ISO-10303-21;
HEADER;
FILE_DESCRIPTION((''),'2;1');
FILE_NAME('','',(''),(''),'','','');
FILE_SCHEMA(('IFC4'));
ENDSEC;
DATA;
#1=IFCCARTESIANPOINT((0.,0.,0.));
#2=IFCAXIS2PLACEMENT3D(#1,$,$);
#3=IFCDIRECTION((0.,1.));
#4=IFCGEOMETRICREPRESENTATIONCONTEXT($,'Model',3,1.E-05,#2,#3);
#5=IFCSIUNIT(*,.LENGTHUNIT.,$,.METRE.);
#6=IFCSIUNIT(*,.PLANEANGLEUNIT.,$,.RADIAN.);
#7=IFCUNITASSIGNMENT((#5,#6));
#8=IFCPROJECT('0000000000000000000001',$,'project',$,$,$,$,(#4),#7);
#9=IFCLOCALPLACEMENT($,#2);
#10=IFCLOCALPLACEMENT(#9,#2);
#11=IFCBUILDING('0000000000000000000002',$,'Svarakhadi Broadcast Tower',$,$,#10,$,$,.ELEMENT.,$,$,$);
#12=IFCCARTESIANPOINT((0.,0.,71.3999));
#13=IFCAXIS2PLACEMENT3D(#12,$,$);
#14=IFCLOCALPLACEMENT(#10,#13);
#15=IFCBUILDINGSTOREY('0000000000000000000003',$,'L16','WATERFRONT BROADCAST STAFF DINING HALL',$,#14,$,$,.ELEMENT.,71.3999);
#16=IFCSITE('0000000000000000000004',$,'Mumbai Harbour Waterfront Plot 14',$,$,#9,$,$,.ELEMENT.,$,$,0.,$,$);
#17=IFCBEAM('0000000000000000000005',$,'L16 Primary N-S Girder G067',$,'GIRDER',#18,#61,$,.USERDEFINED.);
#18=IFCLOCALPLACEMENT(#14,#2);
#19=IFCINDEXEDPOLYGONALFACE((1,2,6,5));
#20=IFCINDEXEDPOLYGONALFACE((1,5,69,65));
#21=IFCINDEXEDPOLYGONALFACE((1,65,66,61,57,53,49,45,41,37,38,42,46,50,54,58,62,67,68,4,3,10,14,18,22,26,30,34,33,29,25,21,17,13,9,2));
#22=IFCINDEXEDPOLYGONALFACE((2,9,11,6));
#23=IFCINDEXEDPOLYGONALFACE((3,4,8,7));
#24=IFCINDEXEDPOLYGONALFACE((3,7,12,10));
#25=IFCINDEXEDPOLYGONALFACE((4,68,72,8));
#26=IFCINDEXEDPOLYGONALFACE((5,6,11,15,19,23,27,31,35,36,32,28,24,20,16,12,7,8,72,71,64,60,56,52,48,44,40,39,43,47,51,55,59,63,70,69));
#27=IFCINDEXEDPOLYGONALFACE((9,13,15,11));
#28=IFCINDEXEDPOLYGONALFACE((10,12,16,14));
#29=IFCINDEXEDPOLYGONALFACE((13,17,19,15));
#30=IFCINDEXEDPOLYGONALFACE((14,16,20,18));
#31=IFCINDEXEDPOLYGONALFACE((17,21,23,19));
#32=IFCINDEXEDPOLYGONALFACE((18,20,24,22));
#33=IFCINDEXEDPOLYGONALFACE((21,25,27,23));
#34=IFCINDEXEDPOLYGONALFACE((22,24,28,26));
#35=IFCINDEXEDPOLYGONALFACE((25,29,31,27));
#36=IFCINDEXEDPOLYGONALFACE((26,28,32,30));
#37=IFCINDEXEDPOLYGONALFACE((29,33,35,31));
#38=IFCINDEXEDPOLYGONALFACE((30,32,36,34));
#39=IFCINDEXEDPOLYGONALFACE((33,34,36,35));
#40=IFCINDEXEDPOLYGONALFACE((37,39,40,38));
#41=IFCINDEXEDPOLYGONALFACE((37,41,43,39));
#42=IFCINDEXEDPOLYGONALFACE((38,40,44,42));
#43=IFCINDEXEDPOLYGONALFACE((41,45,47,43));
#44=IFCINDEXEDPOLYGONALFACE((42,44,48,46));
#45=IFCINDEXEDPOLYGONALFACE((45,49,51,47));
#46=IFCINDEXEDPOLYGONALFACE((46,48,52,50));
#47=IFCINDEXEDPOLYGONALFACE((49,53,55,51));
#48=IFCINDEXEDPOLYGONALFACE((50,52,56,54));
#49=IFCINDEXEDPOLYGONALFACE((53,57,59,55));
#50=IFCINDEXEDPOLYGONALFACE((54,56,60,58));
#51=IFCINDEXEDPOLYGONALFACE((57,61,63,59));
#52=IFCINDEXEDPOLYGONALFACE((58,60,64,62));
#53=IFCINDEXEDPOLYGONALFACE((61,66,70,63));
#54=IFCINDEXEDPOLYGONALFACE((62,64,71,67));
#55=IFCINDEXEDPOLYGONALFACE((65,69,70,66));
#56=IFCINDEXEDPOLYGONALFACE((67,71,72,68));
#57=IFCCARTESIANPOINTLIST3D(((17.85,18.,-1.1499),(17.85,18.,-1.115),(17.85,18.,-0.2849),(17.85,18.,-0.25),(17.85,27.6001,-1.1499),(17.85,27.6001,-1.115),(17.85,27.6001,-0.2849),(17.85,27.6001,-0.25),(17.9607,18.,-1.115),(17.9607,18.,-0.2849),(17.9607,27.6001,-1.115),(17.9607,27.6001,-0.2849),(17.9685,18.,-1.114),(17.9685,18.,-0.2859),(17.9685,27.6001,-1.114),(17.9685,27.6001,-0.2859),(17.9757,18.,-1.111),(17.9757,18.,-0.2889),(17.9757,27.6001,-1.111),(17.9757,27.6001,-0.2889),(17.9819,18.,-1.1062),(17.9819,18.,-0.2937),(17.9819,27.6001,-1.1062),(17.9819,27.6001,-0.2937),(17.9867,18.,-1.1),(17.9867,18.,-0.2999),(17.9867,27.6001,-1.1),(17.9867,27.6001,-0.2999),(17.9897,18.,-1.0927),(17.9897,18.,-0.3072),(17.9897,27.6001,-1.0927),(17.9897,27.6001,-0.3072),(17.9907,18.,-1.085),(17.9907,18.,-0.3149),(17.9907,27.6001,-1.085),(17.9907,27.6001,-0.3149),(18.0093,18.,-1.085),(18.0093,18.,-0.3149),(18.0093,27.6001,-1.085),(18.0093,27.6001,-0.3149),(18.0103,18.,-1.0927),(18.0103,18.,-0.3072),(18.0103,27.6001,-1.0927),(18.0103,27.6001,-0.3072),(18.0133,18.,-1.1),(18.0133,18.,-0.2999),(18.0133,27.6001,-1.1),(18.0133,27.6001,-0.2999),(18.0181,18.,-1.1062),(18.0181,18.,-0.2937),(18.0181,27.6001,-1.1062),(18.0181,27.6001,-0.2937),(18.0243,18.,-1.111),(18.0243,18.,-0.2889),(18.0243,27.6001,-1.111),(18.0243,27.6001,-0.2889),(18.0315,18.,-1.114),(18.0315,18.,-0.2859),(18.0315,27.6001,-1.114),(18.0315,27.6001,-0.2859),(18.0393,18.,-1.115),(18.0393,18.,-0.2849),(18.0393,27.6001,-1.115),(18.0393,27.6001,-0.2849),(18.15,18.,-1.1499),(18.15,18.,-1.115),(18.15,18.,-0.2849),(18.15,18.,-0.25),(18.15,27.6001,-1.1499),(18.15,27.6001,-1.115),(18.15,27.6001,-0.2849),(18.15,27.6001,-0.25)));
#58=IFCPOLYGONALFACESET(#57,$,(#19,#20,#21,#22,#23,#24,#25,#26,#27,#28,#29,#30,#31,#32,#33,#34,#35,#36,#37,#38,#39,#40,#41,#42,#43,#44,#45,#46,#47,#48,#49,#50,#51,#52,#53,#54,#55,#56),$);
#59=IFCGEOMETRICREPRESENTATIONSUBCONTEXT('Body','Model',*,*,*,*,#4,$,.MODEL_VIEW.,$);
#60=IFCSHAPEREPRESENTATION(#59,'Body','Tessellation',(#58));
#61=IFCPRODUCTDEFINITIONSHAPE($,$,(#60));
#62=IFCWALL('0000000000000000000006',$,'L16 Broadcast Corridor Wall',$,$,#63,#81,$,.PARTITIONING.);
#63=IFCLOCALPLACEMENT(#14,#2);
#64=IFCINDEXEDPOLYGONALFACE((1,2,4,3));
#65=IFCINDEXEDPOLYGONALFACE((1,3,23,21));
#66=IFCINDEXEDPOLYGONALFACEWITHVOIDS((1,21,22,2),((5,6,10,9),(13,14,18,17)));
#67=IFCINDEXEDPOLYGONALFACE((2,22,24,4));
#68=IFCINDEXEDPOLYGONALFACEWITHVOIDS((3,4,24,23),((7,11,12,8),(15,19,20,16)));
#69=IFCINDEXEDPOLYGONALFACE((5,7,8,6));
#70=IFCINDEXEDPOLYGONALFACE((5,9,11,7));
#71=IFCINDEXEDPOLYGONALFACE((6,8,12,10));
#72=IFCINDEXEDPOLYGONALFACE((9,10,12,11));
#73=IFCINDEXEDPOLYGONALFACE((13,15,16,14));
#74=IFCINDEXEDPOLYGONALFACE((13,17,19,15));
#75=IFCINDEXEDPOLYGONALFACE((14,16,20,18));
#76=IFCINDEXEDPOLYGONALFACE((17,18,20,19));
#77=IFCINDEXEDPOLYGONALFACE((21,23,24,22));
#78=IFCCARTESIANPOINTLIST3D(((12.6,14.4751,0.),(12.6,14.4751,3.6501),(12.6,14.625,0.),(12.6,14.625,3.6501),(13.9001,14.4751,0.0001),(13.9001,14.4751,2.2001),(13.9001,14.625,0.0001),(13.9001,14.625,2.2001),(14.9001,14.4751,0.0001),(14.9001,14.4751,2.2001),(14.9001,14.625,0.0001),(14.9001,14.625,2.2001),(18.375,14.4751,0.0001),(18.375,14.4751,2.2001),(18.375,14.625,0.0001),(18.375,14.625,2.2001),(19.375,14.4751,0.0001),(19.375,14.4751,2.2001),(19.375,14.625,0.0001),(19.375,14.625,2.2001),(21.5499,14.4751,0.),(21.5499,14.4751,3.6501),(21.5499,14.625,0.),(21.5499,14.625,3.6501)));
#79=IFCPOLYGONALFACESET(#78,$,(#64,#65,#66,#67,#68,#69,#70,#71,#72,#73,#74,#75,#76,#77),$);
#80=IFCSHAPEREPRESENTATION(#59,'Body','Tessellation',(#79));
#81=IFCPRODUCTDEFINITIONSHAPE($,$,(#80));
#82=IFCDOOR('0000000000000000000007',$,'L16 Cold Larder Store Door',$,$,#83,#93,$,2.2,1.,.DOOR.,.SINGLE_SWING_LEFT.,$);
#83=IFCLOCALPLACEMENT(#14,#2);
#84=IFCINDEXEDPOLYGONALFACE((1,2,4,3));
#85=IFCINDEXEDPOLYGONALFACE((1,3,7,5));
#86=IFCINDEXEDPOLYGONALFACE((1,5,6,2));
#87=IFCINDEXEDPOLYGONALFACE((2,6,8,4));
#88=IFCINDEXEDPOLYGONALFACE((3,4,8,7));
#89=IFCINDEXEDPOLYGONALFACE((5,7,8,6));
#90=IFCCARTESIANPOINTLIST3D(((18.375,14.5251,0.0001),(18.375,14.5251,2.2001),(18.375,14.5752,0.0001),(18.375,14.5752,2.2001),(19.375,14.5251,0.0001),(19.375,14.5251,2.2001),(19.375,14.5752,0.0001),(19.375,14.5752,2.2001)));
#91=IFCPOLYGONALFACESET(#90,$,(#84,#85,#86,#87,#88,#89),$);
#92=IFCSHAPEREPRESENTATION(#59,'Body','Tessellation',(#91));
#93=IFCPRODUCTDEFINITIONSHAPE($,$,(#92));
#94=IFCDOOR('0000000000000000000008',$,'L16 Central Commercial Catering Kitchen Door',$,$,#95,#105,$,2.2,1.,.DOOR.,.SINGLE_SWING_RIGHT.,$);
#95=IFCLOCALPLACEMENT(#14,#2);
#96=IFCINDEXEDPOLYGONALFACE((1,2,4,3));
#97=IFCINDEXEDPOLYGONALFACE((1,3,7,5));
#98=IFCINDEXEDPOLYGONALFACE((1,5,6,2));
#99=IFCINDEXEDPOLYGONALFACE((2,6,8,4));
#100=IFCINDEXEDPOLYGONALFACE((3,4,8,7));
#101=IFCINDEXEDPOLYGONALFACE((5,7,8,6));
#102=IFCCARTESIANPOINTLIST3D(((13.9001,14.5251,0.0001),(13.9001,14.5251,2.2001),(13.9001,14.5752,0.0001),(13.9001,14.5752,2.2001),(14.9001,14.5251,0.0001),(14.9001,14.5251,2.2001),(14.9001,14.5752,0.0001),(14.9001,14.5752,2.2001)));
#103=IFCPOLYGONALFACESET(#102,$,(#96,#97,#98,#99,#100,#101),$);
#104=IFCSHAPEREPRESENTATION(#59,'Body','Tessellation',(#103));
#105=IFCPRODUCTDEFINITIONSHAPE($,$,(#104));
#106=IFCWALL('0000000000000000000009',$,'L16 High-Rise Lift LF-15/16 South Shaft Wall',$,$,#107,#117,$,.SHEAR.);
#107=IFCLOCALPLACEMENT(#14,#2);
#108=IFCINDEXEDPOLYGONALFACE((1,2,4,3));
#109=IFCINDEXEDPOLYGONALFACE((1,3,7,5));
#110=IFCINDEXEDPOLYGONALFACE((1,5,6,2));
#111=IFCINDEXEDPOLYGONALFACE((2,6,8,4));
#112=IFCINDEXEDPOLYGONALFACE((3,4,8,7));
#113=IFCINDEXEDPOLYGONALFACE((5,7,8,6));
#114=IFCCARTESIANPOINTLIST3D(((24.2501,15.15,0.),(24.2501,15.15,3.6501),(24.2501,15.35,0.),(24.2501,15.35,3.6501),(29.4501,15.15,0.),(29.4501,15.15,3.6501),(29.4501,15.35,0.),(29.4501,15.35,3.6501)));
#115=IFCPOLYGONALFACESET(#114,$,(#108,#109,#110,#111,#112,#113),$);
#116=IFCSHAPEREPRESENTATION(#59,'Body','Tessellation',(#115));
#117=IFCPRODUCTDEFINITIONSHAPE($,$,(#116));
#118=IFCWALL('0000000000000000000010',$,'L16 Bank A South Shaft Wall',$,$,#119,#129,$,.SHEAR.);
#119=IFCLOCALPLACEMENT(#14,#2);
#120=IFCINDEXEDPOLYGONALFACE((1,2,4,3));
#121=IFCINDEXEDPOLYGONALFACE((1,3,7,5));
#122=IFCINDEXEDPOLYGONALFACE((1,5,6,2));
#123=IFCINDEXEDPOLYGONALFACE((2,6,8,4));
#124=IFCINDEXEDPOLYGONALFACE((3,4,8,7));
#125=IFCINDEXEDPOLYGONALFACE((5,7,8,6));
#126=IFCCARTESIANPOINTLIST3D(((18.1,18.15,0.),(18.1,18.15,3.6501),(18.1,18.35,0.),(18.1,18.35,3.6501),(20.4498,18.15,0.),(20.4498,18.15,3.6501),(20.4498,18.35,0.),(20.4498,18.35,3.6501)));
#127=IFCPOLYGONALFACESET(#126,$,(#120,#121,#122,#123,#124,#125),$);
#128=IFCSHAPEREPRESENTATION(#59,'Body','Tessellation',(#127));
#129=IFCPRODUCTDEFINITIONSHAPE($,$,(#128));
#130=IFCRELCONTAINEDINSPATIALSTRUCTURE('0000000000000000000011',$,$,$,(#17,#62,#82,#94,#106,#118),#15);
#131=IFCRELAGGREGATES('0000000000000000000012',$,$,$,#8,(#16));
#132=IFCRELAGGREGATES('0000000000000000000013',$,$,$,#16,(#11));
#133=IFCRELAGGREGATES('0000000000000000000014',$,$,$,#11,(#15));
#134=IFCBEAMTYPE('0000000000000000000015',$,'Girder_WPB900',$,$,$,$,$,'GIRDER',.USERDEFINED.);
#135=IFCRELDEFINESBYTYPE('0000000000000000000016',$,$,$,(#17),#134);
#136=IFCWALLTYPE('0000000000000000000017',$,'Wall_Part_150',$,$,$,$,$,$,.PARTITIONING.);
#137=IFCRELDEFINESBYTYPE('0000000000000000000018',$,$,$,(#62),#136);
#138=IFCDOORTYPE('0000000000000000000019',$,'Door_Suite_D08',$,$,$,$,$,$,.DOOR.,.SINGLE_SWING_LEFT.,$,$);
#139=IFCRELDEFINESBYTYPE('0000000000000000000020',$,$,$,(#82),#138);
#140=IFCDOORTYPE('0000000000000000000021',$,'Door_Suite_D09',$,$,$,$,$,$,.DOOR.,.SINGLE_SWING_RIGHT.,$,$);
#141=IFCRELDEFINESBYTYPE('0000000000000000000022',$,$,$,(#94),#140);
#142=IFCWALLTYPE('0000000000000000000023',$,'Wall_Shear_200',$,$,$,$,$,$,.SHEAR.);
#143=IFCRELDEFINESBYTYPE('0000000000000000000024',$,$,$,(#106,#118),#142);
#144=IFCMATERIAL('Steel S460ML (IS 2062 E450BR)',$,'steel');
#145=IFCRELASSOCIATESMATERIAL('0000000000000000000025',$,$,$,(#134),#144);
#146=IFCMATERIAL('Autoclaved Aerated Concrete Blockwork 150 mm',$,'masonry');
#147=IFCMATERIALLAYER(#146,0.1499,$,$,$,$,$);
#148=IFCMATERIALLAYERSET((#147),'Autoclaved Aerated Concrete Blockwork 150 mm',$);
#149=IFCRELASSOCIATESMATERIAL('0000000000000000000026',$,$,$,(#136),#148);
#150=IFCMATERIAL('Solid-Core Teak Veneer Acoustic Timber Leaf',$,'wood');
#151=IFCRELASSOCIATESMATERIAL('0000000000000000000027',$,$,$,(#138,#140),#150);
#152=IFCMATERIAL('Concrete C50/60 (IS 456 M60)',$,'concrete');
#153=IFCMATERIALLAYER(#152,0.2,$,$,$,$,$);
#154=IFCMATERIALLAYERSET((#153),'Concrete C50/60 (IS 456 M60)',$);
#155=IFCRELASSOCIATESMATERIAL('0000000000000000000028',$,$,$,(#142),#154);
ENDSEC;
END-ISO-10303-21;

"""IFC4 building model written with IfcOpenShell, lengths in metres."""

from ifc_helpers import new_model, si_unit, direction, frame, frame_2d, origin, origin_2d, place, context, subcontext, project, spatial, rectangle, i_section, extrude, material, layer, layer_set, material_profile, profile_set, type_object, element, fill, save


model = new_model("IFC4")

# Units and contexts
model_context = context("Model", 3, precision=1e-05, world=origin(), true_north=direction((0.0, 1.0)))
body_context = subcontext(model_context, "Body", "Model", "MODEL_VIEW")
ifc_project = project(units=[si_unit("LENGTHUNIT", "METRE"), si_unit("PLANEANGLEUNIT", "RADIAN")], contexts=[model_context])

# Site, building, storey
site_placement = place(None, origin())
site = spatial("IfcSite", under=ifc_project, at=site_placement, Name="Mumbai Harbour Waterfront Plot 14", CompositionType="ELEMENT", RefElevation=0.0)
building_placement = place(site_placement, origin())
building = spatial("IfcBuilding", under=site, at=building_placement, Name="Svarakhadi Broadcast Tower", CompositionType="ELEMENT")
storey_placement = place(building_placement, frame((0.0, 0.0, 71.3999)))
storey = spatial("IfcBuildingStorey", under=building, at=storey_placement, Name="L16", Description="WATERFRONT BROADCAST STAFF DINING HALL", CompositionType="ELEMENT", Elevation=71.3999)

# Beam
ifc_material_1 = material(Name="Steel S460ML (IS 2062 E450BR)", Category="steel")
ifc_material_profile_1 = material_profile(ifc_material_1, i_section(OverallWidth=0.3, OverallDepth=0.8999, WebThickness=0.0186, FlangeThickness=0.0349, FilletRadius=0.03, at=origin_2d()), Name="WPB 900x300x291")
ifc_profile_set_1 = profile_set([ifc_material_profile_1], Name="Steel S460ML (IS 2062 E450BR)")
beam_type_1 = type_object("IfcBeamType", Name="Girder_WPB900", ElementType="GIRDER", PredefinedType="USERDEFINED", material=ifc_profile_set_1)
for number, where, z_axis, x_axis, name in (
    (1, (18.0, 18.0, -0.7), (0.0, 1.0, 0.0), (-1.0, 0.0, 0.0), "L16 Primary N-S Girder G067"),
):
    element("IfcBeam", number, at=place(storey_placement, frame(where, z_axis=z_axis, x_axis=x_axis)), inside=storey, type_object=beam_type_1, Name=name, ObjectType="GIRDER", PredefinedType="USERDEFINED", context=body_context, shape_type="SweptSolid", body=[
        extrude(i_section(OverallWidth=0.3, OverallDepth=0.8999, WebThickness=0.0186, FlangeThickness=0.0349, FilletRadius=0.03, at=origin_2d()), origin(), (0.0, 0.0, 1.0), 9.6001),
    ])

# Wall, openings, doors
ifc_material_2 = material(Name="Autoclaved Aerated Concrete Blockwork 150 mm", Category="masonry")
ifc_layer_1 = layer(ifc_material_2, 0.1499)
ifc_layer_set_1 = layer_set([ifc_layer_1], Name="Autoclaved Aerated Concrete Blockwork 150 mm")
wall_type_1 = type_object("IfcWallType", Name="Wall_Part_150", PredefinedType="PARTITIONING", material=ifc_layer_set_1)
wall_1_placement = place(storey_placement, frame((21.55, 14.55, 0.0), z_axis=(0.0, 0.0, 1.0), x_axis=(-1.0, 0.0, 0.0)))
wall_1 = element("IfcWall", 2, at=wall_1_placement, inside=storey, type_object=wall_type_1, Name="L16 Broadcast Corridor Wall", PredefinedType="PARTITIONING", context=body_context, shape_type="SweptSolid", body=[
    extrude(rectangle(XDim=8.95, YDim=0.1499, at=frame_2d((4.4751, 0.0))), origin(), (0.0, 0.0, 1.0), 3.6501),
])
opening_1_placement = place(wall_1_placement, frame((6.6499, 0.0, 0.0)))
opening_1 = element("IfcOpeningElement", 3, at=opening_1_placement, cuts=wall_1, PredefinedType="OPENING", context=body_context, shape_type="SweptSolid", body=[
    extrude(rectangle(XDim=1.0, YDim=2.2, at=frame_2d((0.5, 1.1001))), frame((0.0, 0.085, 0.0), z_axis=(0.0, -1.0, 0.0), x_axis=(1.0, 0.0, 0.0)), (0.0, 0.0, 1.0), 0.1699),
])
opening_2_placement = place(wall_1_placement, frame((2.175, 0.0, 0.0)))
opening_2 = element("IfcOpeningElement", 4, at=opening_2_placement, cuts=wall_1, PredefinedType="OPENING", context=body_context, shape_type="SweptSolid", body=[
    extrude(rectangle(XDim=1.0, YDim=2.2, at=frame_2d((0.5, 1.1001))), frame((0.0, 0.085, 0.0), z_axis=(0.0, -1.0, 0.0), x_axis=(1.0, 0.0, 0.0)), (0.0, 0.0, 1.0), 0.1699),
])
ifc_material_3 = material(Name="Solid-Core Teak Veneer Acoustic Timber Leaf", Category="wood")
door_type_1 = type_object("IfcDoorType", Name="Door_Suite_D08", OperationType="SINGLE_SWING_LEFT", PredefinedType="DOOR", material=ifc_material_3)
door_1_placement = place(opening_2_placement, origin())
door_1 = element("IfcDoor", 5, at=door_1_placement, inside=storey, type_object=door_type_1, Name="L16 Cold Larder Store Door", OperationType="SINGLE_SWING_LEFT", OverallHeight=2.2, OverallWidth=1.0, PredefinedType="DOOR", context=body_context, shape_type="SweptSolid", body=[
    extrude(rectangle(XDim=1.0, YDim=2.2, at=frame_2d((0.5, 1.1001))), frame((0.0, 0.0249, 0.0), z_axis=(0.0, -1.0, 0.0), x_axis=(1.0, 0.0, 0.0)), (0.0, 0.0, 1.0), 0.05),
])
fill(opening_2, door_1)
door_type_2 = type_object("IfcDoorType", Name="Door_Suite_D09", OperationType="SINGLE_SWING_RIGHT", PredefinedType="DOOR", material=ifc_material_3)
door_2_placement = place(opening_1_placement, origin())
door_2 = element("IfcDoor", 6, at=door_2_placement, inside=storey, type_object=door_type_2, Name="L16 Central Commercial Catering Kitchen Door", OperationType="SINGLE_SWING_RIGHT", OverallHeight=2.2, OverallWidth=1.0, PredefinedType="DOOR", context=body_context, shape_type="SweptSolid", body=[
    extrude(rectangle(XDim=1.0, YDim=2.2, at=frame_2d((0.5, 1.1001))), frame((0.0, 0.0249, 0.0), z_axis=(0.0, -1.0, 0.0), x_axis=(1.0, 0.0, 0.0)), (0.0, 0.0, 1.0), 0.05),
])
fill(opening_1, door_2)

# Walls
ifc_material_4 = material(Name="Concrete C50/60 (IS 456 M60)", Category="concrete")
ifc_layer_2 = layer(ifc_material_4, 0.2)
ifc_layer_set_2 = layer_set([ifc_layer_2], Name="Concrete C50/60 (IS 456 M60)")
wall_type_2 = type_object("IfcWallType", Name="Wall_Shear_200", PredefinedType="SHEAR", material=ifc_layer_set_2)
wall_2_placement = place(storey_placement, frame((24.25, 15.25, 0.0), z_axis=(0.0, 0.0, 1.0), x_axis=(1.0, 0.0, 0.0)))
element("IfcWall", 7, at=wall_2_placement, inside=storey, type_object=wall_type_2, Name="L16 High-Rise Lift LF-15/16 South Shaft Wall", PredefinedType="SHEAR", context=body_context, shape_type="SweptSolid", body=[
    extrude(rectangle(XDim=5.2, YDim=0.2, at=frame_2d((2.6001, 0.0))), origin(), (0.0, 0.0, 1.0), 3.6501),
])
wall_3_placement = place(storey_placement, frame((18.1001, 18.25, 0.0), z_axis=(0.0, 0.0, 1.0), x_axis=(1.0, 0.0, 0.0)))
element("IfcWall", 8, at=wall_3_placement, inside=storey, type_object=wall_type_2, Name="L16 Bank A South Shaft Wall", PredefinedType="SHEAR", context=body_context, shape_type="SweptSolid", body=[
    extrude(rectangle(XDim=2.3499, YDim=0.2, at=frame_2d((1.1748, 0.0))), origin(), (0.0, 0.0, 1.0), 3.6501),
])

save(model, "model.ifc")
